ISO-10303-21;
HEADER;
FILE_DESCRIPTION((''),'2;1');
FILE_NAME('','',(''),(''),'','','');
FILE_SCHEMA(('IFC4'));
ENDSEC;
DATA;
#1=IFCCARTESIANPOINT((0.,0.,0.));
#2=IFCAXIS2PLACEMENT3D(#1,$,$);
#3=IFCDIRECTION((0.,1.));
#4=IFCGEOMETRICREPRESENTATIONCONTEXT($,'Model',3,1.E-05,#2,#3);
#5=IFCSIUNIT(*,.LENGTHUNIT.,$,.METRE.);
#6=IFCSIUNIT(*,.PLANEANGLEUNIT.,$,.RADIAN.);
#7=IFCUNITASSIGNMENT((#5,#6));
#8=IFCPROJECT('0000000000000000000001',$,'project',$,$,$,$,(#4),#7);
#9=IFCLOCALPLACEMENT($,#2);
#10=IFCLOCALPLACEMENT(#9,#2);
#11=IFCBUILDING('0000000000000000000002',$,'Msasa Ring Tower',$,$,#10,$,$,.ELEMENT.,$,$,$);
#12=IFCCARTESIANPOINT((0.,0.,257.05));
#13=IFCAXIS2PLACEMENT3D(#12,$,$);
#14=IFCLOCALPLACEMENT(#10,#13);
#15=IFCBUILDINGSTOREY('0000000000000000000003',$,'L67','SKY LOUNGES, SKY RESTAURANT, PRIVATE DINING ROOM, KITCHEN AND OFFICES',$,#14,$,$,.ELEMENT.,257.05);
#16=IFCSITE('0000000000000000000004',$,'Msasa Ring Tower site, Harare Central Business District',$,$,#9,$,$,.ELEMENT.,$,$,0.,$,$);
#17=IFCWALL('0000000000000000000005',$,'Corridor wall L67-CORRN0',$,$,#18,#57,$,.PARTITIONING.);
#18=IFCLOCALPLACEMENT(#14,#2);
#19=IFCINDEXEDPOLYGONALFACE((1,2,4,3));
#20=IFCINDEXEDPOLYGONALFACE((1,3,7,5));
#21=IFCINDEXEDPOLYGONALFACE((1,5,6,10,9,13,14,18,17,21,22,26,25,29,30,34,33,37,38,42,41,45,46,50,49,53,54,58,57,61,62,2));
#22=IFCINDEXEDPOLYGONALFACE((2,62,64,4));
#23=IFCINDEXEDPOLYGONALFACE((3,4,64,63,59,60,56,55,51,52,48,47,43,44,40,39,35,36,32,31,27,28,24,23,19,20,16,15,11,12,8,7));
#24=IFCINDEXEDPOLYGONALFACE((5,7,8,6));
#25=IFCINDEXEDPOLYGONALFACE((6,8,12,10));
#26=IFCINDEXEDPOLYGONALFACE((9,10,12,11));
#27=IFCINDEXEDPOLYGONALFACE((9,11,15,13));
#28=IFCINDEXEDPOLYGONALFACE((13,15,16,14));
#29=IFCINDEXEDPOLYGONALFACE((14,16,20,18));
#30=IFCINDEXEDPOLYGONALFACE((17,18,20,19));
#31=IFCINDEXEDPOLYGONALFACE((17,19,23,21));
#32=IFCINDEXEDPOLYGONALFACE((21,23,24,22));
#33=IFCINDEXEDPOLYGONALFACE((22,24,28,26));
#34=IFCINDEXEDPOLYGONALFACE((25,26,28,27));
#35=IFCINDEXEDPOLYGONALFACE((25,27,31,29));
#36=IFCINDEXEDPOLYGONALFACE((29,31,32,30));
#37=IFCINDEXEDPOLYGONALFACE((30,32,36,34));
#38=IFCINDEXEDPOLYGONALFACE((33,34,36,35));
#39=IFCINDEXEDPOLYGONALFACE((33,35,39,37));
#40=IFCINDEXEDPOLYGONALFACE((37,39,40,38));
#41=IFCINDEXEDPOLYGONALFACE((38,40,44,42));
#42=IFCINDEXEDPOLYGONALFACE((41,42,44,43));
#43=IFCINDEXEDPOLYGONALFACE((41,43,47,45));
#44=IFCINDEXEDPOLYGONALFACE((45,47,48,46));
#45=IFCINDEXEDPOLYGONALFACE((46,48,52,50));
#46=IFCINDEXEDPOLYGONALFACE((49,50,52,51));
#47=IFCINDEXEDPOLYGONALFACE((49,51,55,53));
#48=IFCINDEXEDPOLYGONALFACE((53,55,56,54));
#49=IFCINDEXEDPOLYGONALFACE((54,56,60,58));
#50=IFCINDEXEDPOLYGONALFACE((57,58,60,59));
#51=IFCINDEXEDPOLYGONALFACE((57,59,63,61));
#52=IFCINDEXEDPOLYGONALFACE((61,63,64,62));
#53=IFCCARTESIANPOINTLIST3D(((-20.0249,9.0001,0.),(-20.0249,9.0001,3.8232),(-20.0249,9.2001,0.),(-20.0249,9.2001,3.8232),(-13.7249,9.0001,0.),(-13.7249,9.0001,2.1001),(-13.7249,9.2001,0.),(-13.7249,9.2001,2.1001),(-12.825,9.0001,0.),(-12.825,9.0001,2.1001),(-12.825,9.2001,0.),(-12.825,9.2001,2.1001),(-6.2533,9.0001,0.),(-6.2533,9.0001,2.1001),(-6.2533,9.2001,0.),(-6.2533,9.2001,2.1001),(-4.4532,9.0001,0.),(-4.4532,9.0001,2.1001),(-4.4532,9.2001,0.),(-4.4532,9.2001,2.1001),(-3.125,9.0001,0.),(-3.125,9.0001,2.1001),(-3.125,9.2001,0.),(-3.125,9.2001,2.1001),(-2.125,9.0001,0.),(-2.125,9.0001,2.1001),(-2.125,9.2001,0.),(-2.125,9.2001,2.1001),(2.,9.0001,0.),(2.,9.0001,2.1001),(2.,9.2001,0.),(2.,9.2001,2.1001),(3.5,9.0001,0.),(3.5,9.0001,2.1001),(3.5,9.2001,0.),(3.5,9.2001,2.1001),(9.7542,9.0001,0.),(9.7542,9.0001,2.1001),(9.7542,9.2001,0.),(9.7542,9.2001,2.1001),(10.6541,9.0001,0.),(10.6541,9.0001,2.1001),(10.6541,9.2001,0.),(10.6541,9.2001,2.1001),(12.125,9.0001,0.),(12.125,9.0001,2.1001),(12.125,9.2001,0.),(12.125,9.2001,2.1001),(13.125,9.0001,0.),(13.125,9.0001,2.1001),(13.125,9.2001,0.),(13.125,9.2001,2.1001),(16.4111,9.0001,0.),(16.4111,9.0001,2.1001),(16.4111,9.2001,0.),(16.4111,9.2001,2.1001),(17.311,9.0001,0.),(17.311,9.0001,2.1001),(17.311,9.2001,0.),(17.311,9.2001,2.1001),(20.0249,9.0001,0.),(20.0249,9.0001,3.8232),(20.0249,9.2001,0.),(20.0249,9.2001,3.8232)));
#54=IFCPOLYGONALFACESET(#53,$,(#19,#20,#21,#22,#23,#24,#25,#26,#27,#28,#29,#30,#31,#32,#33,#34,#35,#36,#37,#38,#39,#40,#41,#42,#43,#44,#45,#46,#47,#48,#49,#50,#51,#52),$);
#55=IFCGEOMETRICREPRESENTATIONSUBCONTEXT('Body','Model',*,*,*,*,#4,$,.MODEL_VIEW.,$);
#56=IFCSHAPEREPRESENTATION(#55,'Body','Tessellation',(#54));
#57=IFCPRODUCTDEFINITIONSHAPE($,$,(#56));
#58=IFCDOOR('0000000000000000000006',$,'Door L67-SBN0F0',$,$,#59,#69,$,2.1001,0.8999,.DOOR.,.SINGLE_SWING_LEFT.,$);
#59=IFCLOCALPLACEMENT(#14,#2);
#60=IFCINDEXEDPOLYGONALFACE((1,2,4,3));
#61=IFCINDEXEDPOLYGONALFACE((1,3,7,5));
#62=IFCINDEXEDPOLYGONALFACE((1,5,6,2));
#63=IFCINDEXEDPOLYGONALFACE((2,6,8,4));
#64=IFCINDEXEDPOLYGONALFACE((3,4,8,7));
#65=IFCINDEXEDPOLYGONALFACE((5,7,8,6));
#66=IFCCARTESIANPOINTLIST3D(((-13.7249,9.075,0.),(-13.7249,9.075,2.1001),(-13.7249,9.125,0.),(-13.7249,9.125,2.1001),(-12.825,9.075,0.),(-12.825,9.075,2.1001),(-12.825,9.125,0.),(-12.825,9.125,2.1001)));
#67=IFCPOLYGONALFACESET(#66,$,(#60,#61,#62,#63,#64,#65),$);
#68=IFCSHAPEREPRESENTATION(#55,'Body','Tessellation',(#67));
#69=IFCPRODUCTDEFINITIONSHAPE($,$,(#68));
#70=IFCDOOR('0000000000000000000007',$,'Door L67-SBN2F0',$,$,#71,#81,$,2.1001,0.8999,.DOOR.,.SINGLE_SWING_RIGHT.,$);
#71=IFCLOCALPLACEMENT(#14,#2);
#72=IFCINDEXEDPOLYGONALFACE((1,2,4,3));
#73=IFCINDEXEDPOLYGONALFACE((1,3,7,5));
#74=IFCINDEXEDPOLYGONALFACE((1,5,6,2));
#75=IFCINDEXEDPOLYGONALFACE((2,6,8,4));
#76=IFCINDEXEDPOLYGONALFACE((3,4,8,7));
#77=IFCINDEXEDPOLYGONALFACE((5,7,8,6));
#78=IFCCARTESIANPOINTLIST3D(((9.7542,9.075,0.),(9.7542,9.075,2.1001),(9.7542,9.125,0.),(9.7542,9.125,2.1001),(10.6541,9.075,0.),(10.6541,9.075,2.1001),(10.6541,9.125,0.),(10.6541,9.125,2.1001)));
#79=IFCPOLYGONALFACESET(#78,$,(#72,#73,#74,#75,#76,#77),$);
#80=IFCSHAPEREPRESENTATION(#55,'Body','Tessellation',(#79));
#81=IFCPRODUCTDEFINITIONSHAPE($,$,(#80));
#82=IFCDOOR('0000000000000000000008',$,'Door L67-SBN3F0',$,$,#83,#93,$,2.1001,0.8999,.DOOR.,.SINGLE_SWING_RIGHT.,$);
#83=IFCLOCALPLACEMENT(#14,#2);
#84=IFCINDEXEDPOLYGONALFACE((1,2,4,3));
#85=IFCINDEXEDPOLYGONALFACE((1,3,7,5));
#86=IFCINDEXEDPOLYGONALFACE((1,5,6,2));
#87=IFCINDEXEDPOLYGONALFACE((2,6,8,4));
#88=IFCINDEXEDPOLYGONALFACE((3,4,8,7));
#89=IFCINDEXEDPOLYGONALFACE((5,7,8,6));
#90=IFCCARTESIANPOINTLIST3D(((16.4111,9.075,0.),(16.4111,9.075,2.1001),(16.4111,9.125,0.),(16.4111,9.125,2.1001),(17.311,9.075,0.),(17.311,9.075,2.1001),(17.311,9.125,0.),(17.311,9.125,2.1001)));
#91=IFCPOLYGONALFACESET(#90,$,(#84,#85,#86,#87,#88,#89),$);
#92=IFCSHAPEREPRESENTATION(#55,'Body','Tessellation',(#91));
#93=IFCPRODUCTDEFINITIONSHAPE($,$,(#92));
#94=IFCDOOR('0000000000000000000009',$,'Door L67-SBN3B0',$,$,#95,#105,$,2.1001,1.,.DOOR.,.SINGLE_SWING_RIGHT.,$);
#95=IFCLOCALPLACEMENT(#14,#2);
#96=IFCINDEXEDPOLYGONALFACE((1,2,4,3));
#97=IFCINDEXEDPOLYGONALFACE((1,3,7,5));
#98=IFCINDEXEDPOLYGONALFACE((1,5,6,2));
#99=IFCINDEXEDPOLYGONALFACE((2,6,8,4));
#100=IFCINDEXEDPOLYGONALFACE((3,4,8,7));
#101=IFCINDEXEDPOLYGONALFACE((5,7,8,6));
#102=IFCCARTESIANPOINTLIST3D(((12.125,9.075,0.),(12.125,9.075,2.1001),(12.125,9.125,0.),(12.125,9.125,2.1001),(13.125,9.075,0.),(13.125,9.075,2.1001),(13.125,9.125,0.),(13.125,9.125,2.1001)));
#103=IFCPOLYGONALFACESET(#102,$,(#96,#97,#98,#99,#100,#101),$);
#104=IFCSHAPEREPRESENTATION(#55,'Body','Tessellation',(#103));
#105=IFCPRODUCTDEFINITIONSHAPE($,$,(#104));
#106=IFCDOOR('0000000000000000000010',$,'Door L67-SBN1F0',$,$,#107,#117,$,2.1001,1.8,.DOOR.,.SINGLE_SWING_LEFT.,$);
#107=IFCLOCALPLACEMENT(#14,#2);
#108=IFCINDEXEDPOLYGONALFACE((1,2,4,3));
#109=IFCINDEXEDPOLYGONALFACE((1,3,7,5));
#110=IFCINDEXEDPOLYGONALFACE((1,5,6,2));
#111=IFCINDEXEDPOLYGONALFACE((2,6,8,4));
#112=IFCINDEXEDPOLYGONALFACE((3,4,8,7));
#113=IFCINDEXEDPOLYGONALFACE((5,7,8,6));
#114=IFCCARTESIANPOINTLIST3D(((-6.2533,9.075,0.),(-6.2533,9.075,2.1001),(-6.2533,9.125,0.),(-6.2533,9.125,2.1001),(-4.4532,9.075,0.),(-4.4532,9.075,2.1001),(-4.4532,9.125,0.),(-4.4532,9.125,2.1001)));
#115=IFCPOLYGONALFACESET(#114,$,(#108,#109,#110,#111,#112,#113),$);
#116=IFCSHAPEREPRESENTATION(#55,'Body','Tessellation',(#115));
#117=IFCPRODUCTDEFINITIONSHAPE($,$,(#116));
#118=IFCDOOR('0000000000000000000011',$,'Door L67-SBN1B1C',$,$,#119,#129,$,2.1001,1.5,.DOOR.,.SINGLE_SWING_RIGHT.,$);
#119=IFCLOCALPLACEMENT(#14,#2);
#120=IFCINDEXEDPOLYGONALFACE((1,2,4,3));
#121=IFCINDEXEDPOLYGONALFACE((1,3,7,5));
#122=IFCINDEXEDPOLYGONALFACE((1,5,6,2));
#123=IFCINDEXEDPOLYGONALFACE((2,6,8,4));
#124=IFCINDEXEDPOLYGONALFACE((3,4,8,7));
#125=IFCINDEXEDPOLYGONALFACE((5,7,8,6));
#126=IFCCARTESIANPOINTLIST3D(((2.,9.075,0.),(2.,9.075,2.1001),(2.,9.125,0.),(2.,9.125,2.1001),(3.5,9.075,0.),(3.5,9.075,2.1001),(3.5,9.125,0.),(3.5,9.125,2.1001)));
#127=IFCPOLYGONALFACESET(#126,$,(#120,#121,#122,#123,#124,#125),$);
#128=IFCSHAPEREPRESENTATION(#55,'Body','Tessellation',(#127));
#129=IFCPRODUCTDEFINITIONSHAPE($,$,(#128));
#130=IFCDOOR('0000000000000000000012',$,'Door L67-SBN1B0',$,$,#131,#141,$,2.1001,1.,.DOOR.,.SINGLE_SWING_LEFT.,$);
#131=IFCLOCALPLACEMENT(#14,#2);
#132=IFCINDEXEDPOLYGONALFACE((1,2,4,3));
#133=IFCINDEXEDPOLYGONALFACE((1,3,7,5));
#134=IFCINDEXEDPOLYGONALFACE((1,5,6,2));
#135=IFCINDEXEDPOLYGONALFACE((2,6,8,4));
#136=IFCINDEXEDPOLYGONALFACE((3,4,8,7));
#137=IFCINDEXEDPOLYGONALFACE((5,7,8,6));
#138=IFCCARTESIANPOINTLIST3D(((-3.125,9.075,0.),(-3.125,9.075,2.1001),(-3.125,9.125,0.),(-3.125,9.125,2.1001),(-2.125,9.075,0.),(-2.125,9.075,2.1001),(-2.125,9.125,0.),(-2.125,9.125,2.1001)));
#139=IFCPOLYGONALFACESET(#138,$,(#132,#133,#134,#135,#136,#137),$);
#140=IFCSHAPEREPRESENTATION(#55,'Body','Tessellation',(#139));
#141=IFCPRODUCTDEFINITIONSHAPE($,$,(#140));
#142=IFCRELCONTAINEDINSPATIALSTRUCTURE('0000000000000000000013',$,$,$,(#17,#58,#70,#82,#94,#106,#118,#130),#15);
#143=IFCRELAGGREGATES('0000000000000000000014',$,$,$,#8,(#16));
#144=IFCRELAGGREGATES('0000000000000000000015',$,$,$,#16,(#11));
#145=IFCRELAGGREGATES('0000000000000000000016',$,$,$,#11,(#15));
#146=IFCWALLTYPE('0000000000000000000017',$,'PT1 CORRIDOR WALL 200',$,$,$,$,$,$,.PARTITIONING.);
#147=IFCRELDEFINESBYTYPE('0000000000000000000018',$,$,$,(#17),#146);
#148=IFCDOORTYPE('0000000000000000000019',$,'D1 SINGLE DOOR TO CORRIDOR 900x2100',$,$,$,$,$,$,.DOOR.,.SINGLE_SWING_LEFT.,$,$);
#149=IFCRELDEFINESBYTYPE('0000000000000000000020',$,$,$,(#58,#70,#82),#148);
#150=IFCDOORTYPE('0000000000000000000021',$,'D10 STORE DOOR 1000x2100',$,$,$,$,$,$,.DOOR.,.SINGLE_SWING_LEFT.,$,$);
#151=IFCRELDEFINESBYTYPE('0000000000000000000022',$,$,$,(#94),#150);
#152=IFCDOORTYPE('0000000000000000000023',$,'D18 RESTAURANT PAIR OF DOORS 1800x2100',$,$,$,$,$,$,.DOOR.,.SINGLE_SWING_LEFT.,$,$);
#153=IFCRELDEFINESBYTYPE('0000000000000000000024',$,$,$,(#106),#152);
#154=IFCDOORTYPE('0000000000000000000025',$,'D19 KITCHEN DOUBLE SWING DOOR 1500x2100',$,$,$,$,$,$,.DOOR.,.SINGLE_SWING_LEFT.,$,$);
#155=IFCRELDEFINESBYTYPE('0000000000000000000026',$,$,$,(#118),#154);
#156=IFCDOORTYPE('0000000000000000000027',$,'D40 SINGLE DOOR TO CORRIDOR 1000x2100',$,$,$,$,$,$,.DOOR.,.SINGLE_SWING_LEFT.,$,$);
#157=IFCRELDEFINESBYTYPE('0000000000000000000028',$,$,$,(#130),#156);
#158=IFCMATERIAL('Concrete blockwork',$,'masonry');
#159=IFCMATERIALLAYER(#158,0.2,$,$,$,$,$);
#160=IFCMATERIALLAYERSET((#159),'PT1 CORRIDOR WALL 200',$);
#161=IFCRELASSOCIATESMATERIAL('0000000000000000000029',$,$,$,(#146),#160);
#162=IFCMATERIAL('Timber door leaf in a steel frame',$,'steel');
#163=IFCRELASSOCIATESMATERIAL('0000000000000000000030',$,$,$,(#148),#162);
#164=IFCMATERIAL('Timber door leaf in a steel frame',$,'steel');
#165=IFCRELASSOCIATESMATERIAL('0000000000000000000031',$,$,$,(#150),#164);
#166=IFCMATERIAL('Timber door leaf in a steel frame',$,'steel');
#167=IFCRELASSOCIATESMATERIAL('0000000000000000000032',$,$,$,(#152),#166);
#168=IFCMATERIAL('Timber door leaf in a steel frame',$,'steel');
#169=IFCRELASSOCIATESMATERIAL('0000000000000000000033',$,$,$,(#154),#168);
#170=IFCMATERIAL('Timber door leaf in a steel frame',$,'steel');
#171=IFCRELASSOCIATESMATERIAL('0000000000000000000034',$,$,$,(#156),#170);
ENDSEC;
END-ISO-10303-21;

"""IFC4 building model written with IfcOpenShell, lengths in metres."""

from ifc_helpers import new_model, si_unit, direction, frame, frame_2d, origin, place, context, subcontext, project, spatial, rectangle, extrude, material, layer, layer_set, type_object, element, fill, save


model = new_model("IFC4")

# Units and contexts
model_context = context("Model", 3, precision=1e-05, world=origin(), true_north=direction((0.0, 1.0)))
body_context = subcontext(model_context, "Body", "Model", "MODEL_VIEW")
ifc_project = project(units=[si_unit("LENGTHUNIT", "METRE"), si_unit("PLANEANGLEUNIT", "RADIAN")], contexts=[model_context])

# Site, building, storey
site_placement = place(None, origin())
site = spatial("IfcSite", under=ifc_project, at=site_placement, Name="Msasa Ring Tower site, Harare Central Business District", CompositionType="ELEMENT", RefElevation=0.0)
building_placement = place(site_placement, origin())
building = spatial("IfcBuilding", under=site, at=building_placement, Name="Msasa Ring Tower", CompositionType="ELEMENT")
storey_placement = place(building_placement, frame((0.0, 0.0, 257.05)))
storey = spatial("IfcBuildingStorey", under=building, at=storey_placement, Name="L67", Description="SKY LOUNGES, SKY RESTAURANT, PRIVATE DINING ROOM, KITCHEN AND OFFICES", CompositionType="ELEMENT", Elevation=257.05)

# Wall, openings, doors
ifc_material_1 = material(Name="Concrete blockwork", Category="masonry")
ifc_layer_1 = layer(ifc_material_1, 0.2)
ifc_layer_set_1 = layer_set([ifc_layer_1], Name="PT1 CORRIDOR WALL 200")
wall_type = type_object("IfcWallType", Name="PT1 CORRIDOR WALL 200", PredefinedType="PARTITIONING", material=ifc_layer_set_1)
wall_placement = place(storey_placement, frame((-20.0249, 9.1001, 0.0), z_axis=(0.0, 0.0, 1.0), x_axis=(1.0, 0.0, 0.0)))
wall = element("IfcWall", 1, at=wall_placement, inside=storey, type_object=wall_type, Name="Corridor wall L67-CORRN0", PredefinedType="PARTITIONING", context=body_context, shape_type="SweptSolid", body=[
    extrude(rectangle(XDim=40.0498, YDim=0.2, at=frame_2d((20.0249, 0.0))), origin(), (0.0, 0.0, 1.0), 3.8232),
])
opening_1_placement = place(wall_placement, frame((6.3, 0.0, 0.0)))
opening_1 = element("IfcOpeningElement", 2, at=opening_1_placement, cuts=wall, PredefinedType="OPENING", context=body_context, shape_type="SweptSolid", body=[
    extrude(rectangle(XDim=0.8999, YDim=2.1001, at=frame_2d((0.45, 1.05))), frame((0.0, 0.1099, 0.0), z_axis=(0.0, -1.0, 0.0), x_axis=(1.0, 0.0, 0.0)), (0.0, 0.0, 1.0), 0.22),
])
opening_2_placement = place(wall_placement, frame((13.7717, 0.0, 0.0)))
opening_2 = element("IfcOpeningElement", 3, at=opening_2_placement, cuts=wall, PredefinedType="OPENING", context=body_context, shape_type="SweptSolid", body=[
    extrude(rectangle(XDim=1.8, YDim=2.1001, at=frame_2d((0.8999, 1.05))), frame((0.0, 0.1099, 0.0), z_axis=(0.0, -1.0, 0.0), x_axis=(1.0, 0.0, 0.0)), (0.0, 0.0, 1.0), 0.22),
])
opening_3_placement = place(wall_placement, frame((16.8999, 0.0, 0.0)))
opening_3 = element("IfcOpeningElement", 4, at=opening_3_placement, cuts=wall, PredefinedType="OPENING", context=body_context, shape_type="SweptSolid", body=[
    extrude(rectangle(XDim=1.0, YDim=2.1001, at=frame_2d((0.5, 1.05))), frame((0.0, 0.1099, 0.0), z_axis=(0.0, -1.0, 0.0), x_axis=(1.0, 0.0, 0.0)), (0.0, 0.0, 1.0), 0.22),
])
opening_4_placement = place(wall_placement, frame((22.0249, 0.0, 0.0)))
opening_4 = element("IfcOpeningElement", 5, at=opening_4_placement, cuts=wall, PredefinedType="OPENING", context=body_context, shape_type="SweptSolid", body=[
    extrude(rectangle(XDim=1.5, YDim=2.1001, at=frame_2d((0.75, 1.05))), frame((0.0, 0.1099, 0.0), z_axis=(0.0, -1.0, 0.0), x_axis=(1.0, 0.0, 0.0)), (0.0, 0.0, 1.0), 0.22),
])
opening_5_placement = place(wall_placement, frame((29.7791, 0.0, 0.0)))
opening_5 = element("IfcOpeningElement", 6, at=opening_5_placement, cuts=wall, PredefinedType="OPENING", context=body_context, shape_type="SweptSolid", body=[
    extrude(rectangle(XDim=0.8999, YDim=2.1001, at=frame_2d((0.45, 1.05))), frame((0.0, 0.1099, 0.0), z_axis=(0.0, -1.0, 0.0), x_axis=(1.0, 0.0, 0.0)), (0.0, 0.0, 1.0), 0.22),
])
opening_6_placement = place(wall_placement, frame((36.436, 0.0, 0.0)))
opening_6 = element("IfcOpeningElement", 7, at=opening_6_placement, cuts=wall, PredefinedType="OPENING", context=body_context, shape_type="SweptSolid", body=[
    extrude(rectangle(XDim=0.8999, YDim=2.1001, at=frame_2d((0.45, 1.05))), frame((0.0, 0.1099, 0.0), z_axis=(0.0, -1.0, 0.0), x_axis=(1.0, 0.0, 0.0)), (0.0, 0.0, 1.0), 0.22),
])
opening_7_placement = place(wall_placement, frame((32.1499, 0.0, 0.0)))
opening_7 = element("IfcOpeningElement", 8, at=opening_7_placement, cuts=wall, PredefinedType="OPENING", context=body_context, shape_type="SweptSolid", body=[
    extrude(rectangle(XDim=1.0, YDim=2.1001, at=frame_2d((0.5, 1.05))), frame((0.0, 0.1099, 0.0), z_axis=(0.0, -1.0, 0.0), x_axis=(1.0, 0.0, 0.0)), (0.0, 0.0, 1.0), 0.22),
])
ifc_material_2 = material(Name="Timber door leaf in a steel frame", Category="steel")
door_type_1 = type_object("IfcDoorType", Name="D1 SINGLE DOOR TO CORRIDOR 900x2100", OperationType="SINGLE_SWING_LEFT", PredefinedType="DOOR", material=ifc_material_2)
door_1_placement = place(opening_1_placement, origin())
door_1 = element("IfcDoor", 9, at=door_1_placement, inside=storey, type_object=door_type_1, Name="Door L67-SBN0F0", OperationType="SINGLE_SWING_LEFT", OverallHeight=2.1001, OverallWidth=0.8999, PredefinedType="DOOR", context=body_context, shape_type="SweptSolid", body=[
    extrude(rectangle(XDim=0.8999, YDim=2.1001, at=frame_2d((0.45, 1.05))), frame((0.0, 0.0249, 0.0), z_axis=(0.0, -1.0, 0.0), x_axis=(1.0, 0.0, 0.0)), (0.0, 0.0, 1.0), 0.05),
])
fill(opening_1, door_1)
door_2_placement = place(opening_5_placement, origin())
door_2 = element("IfcDoor", 10, at=door_2_placement, inside=storey, type_object=door_type_1, Name="Door L67-SBN2F0", OperationType="SINGLE_SWING_RIGHT", OverallHeight=2.1001, OverallWidth=0.8999, PredefinedType="DOOR", context=body_context, shape_type="SweptSolid", body=[
    extrude(rectangle(XDim=0.8999, YDim=2.1001, at=frame_2d((0.45, 1.05))), frame((0.0, 0.0249, 0.0), z_axis=(0.0, -1.0, 0.0), x_axis=(1.0, 0.0, 0.0)), (0.0, 0.0, 1.0), 0.05),
])
fill(opening_5, door_2)
door_3_placement = place(opening_6_placement, origin())
door_3 = element("IfcDoor", 11, at=door_3_placement, inside=storey, type_object=door_type_1, Name="Door L67-SBN3F0", OperationType="SINGLE_SWING_RIGHT", OverallHeight=2.1001, OverallWidth=0.8999, PredefinedType="DOOR", context=body_context, shape_type="SweptSolid", body=[
    extrude(rectangle(XDim=0.8999, YDim=2.1001, at=frame_2d((0.45, 1.05))), frame((0.0, 0.0249, 0.0), z_axis=(0.0, -1.0, 0.0), x_axis=(1.0, 0.0, 0.0)), (0.0, 0.0, 1.0), 0.05),
])
fill(opening_6, door_3)
ifc_material_3 = material(Name="Timber door leaf in a steel frame", Category="steel")
door_type_2 = type_object("IfcDoorType", Name="D10 STORE DOOR 1000x2100", OperationType="SINGLE_SWING_LEFT", PredefinedType="DOOR", material=ifc_material_3)
door_4_placement = place(opening_7_placement, origin())
door_4 = element("IfcDoor", 12, at=door_4_placement, inside=storey, type_object=door_type_2, Name="Door L67-SBN3B0", OperationType="SINGLE_SWING_RIGHT", OverallHeight=2.1001, OverallWidth=1.0, PredefinedType="DOOR", context=body_context, shape_type="SweptSolid", body=[
    extrude(rectangle(XDim=1.0, YDim=2.1001, at=frame_2d((0.5, 1.05))), frame((0.0, 0.0249, 0.0), z_axis=(0.0, -1.0, 0.0), x_axis=(1.0, 0.0, 0.0)), (0.0, 0.0, 1.0), 0.05),
])
fill(opening_7, door_4)
ifc_material_4 = material(Name="Timber door leaf in a steel frame", Category="steel")
door_type_3 = type_object("IfcDoorType", Name="D18 RESTAURANT PAIR OF DOORS 1800x2100", OperationType="SINGLE_SWING_LEFT", PredefinedType="DOOR", material=ifc_material_4)
door_5_placement = place(opening_2_placement, origin())
door_5 = element("IfcDoor", 13, at=door_5_placement, inside=storey, type_object=door_type_3, Name="Door L67-SBN1F0", OperationType="SINGLE_SWING_LEFT", OverallHeight=2.1001, OverallWidth=1.8, PredefinedType="DOOR", context=body_context, shape_type="SweptSolid", body=[
    extrude(rectangle(XDim=1.8, YDim=2.1001, at=frame_2d((0.8999, 1.05))), frame((0.0, 0.0249, 0.0), z_axis=(0.0, -1.0, 0.0), x_axis=(1.0, 0.0, 0.0)), (0.0, 0.0, 1.0), 0.05),
])
fill(opening_2, door_5)
ifc_material_5 = material(Name="Timber door leaf in a steel frame", Category="steel")
door_type_4 = type_object("IfcDoorType", Name="D19 KITCHEN DOUBLE SWING DOOR 1500x2100", OperationType="SINGLE_SWING_LEFT", PredefinedType="DOOR", material=ifc_material_5)
door_6_placement = place(opening_4_placement, origin())
door_6 = element("IfcDoor", 14, at=door_6_placement, inside=storey, type_object=door_type_4, Name="Door L67-SBN1B1C", OperationType="SINGLE_SWING_RIGHT", OverallHeight=2.1001, OverallWidth=1.5, PredefinedType="DOOR", context=body_context, shape_type="SweptSolid", body=[
    extrude(rectangle(XDim=1.5, YDim=2.1001, at=frame_2d((0.75, 1.05))), frame((0.0, 0.0249, 0.0), z_axis=(0.0, -1.0, 0.0), x_axis=(1.0, 0.0, 0.0)), (0.0, 0.0, 1.0), 0.05),
])
fill(opening_4, door_6)
ifc_material_6 = material(Name="Timber door leaf in a steel frame", Category="steel")
door_type_5 = type_object("IfcDoorType", Name="D40 SINGLE DOOR TO CORRIDOR 1000x2100", OperationType="SINGLE_SWING_LEFT", PredefinedType="DOOR", material=ifc_material_6)
door_7_placement = place(opening_3_placement, origin())
door_7 = element("IfcDoor", 15, at=door_7_placement, inside=storey, type_object=door_type_5, Name="Door L67-SBN1B0", OperationType="SINGLE_SWING_LEFT", OverallHeight=2.1001, OverallWidth=1.0, PredefinedType="DOOR", context=body_context, shape_type="SweptSolid", body=[
    extrude(rectangle(XDim=1.0, YDim=2.1001, at=frame_2d((0.5, 1.05))), frame((0.0, 0.0249, 0.0), z_axis=(0.0, -1.0, 0.0), x_axis=(1.0, 0.0, 0.0)), (0.0, 0.0, 1.0), 0.05),
])
fill(opening_3, door_7)

save(model, "model.ifc")
